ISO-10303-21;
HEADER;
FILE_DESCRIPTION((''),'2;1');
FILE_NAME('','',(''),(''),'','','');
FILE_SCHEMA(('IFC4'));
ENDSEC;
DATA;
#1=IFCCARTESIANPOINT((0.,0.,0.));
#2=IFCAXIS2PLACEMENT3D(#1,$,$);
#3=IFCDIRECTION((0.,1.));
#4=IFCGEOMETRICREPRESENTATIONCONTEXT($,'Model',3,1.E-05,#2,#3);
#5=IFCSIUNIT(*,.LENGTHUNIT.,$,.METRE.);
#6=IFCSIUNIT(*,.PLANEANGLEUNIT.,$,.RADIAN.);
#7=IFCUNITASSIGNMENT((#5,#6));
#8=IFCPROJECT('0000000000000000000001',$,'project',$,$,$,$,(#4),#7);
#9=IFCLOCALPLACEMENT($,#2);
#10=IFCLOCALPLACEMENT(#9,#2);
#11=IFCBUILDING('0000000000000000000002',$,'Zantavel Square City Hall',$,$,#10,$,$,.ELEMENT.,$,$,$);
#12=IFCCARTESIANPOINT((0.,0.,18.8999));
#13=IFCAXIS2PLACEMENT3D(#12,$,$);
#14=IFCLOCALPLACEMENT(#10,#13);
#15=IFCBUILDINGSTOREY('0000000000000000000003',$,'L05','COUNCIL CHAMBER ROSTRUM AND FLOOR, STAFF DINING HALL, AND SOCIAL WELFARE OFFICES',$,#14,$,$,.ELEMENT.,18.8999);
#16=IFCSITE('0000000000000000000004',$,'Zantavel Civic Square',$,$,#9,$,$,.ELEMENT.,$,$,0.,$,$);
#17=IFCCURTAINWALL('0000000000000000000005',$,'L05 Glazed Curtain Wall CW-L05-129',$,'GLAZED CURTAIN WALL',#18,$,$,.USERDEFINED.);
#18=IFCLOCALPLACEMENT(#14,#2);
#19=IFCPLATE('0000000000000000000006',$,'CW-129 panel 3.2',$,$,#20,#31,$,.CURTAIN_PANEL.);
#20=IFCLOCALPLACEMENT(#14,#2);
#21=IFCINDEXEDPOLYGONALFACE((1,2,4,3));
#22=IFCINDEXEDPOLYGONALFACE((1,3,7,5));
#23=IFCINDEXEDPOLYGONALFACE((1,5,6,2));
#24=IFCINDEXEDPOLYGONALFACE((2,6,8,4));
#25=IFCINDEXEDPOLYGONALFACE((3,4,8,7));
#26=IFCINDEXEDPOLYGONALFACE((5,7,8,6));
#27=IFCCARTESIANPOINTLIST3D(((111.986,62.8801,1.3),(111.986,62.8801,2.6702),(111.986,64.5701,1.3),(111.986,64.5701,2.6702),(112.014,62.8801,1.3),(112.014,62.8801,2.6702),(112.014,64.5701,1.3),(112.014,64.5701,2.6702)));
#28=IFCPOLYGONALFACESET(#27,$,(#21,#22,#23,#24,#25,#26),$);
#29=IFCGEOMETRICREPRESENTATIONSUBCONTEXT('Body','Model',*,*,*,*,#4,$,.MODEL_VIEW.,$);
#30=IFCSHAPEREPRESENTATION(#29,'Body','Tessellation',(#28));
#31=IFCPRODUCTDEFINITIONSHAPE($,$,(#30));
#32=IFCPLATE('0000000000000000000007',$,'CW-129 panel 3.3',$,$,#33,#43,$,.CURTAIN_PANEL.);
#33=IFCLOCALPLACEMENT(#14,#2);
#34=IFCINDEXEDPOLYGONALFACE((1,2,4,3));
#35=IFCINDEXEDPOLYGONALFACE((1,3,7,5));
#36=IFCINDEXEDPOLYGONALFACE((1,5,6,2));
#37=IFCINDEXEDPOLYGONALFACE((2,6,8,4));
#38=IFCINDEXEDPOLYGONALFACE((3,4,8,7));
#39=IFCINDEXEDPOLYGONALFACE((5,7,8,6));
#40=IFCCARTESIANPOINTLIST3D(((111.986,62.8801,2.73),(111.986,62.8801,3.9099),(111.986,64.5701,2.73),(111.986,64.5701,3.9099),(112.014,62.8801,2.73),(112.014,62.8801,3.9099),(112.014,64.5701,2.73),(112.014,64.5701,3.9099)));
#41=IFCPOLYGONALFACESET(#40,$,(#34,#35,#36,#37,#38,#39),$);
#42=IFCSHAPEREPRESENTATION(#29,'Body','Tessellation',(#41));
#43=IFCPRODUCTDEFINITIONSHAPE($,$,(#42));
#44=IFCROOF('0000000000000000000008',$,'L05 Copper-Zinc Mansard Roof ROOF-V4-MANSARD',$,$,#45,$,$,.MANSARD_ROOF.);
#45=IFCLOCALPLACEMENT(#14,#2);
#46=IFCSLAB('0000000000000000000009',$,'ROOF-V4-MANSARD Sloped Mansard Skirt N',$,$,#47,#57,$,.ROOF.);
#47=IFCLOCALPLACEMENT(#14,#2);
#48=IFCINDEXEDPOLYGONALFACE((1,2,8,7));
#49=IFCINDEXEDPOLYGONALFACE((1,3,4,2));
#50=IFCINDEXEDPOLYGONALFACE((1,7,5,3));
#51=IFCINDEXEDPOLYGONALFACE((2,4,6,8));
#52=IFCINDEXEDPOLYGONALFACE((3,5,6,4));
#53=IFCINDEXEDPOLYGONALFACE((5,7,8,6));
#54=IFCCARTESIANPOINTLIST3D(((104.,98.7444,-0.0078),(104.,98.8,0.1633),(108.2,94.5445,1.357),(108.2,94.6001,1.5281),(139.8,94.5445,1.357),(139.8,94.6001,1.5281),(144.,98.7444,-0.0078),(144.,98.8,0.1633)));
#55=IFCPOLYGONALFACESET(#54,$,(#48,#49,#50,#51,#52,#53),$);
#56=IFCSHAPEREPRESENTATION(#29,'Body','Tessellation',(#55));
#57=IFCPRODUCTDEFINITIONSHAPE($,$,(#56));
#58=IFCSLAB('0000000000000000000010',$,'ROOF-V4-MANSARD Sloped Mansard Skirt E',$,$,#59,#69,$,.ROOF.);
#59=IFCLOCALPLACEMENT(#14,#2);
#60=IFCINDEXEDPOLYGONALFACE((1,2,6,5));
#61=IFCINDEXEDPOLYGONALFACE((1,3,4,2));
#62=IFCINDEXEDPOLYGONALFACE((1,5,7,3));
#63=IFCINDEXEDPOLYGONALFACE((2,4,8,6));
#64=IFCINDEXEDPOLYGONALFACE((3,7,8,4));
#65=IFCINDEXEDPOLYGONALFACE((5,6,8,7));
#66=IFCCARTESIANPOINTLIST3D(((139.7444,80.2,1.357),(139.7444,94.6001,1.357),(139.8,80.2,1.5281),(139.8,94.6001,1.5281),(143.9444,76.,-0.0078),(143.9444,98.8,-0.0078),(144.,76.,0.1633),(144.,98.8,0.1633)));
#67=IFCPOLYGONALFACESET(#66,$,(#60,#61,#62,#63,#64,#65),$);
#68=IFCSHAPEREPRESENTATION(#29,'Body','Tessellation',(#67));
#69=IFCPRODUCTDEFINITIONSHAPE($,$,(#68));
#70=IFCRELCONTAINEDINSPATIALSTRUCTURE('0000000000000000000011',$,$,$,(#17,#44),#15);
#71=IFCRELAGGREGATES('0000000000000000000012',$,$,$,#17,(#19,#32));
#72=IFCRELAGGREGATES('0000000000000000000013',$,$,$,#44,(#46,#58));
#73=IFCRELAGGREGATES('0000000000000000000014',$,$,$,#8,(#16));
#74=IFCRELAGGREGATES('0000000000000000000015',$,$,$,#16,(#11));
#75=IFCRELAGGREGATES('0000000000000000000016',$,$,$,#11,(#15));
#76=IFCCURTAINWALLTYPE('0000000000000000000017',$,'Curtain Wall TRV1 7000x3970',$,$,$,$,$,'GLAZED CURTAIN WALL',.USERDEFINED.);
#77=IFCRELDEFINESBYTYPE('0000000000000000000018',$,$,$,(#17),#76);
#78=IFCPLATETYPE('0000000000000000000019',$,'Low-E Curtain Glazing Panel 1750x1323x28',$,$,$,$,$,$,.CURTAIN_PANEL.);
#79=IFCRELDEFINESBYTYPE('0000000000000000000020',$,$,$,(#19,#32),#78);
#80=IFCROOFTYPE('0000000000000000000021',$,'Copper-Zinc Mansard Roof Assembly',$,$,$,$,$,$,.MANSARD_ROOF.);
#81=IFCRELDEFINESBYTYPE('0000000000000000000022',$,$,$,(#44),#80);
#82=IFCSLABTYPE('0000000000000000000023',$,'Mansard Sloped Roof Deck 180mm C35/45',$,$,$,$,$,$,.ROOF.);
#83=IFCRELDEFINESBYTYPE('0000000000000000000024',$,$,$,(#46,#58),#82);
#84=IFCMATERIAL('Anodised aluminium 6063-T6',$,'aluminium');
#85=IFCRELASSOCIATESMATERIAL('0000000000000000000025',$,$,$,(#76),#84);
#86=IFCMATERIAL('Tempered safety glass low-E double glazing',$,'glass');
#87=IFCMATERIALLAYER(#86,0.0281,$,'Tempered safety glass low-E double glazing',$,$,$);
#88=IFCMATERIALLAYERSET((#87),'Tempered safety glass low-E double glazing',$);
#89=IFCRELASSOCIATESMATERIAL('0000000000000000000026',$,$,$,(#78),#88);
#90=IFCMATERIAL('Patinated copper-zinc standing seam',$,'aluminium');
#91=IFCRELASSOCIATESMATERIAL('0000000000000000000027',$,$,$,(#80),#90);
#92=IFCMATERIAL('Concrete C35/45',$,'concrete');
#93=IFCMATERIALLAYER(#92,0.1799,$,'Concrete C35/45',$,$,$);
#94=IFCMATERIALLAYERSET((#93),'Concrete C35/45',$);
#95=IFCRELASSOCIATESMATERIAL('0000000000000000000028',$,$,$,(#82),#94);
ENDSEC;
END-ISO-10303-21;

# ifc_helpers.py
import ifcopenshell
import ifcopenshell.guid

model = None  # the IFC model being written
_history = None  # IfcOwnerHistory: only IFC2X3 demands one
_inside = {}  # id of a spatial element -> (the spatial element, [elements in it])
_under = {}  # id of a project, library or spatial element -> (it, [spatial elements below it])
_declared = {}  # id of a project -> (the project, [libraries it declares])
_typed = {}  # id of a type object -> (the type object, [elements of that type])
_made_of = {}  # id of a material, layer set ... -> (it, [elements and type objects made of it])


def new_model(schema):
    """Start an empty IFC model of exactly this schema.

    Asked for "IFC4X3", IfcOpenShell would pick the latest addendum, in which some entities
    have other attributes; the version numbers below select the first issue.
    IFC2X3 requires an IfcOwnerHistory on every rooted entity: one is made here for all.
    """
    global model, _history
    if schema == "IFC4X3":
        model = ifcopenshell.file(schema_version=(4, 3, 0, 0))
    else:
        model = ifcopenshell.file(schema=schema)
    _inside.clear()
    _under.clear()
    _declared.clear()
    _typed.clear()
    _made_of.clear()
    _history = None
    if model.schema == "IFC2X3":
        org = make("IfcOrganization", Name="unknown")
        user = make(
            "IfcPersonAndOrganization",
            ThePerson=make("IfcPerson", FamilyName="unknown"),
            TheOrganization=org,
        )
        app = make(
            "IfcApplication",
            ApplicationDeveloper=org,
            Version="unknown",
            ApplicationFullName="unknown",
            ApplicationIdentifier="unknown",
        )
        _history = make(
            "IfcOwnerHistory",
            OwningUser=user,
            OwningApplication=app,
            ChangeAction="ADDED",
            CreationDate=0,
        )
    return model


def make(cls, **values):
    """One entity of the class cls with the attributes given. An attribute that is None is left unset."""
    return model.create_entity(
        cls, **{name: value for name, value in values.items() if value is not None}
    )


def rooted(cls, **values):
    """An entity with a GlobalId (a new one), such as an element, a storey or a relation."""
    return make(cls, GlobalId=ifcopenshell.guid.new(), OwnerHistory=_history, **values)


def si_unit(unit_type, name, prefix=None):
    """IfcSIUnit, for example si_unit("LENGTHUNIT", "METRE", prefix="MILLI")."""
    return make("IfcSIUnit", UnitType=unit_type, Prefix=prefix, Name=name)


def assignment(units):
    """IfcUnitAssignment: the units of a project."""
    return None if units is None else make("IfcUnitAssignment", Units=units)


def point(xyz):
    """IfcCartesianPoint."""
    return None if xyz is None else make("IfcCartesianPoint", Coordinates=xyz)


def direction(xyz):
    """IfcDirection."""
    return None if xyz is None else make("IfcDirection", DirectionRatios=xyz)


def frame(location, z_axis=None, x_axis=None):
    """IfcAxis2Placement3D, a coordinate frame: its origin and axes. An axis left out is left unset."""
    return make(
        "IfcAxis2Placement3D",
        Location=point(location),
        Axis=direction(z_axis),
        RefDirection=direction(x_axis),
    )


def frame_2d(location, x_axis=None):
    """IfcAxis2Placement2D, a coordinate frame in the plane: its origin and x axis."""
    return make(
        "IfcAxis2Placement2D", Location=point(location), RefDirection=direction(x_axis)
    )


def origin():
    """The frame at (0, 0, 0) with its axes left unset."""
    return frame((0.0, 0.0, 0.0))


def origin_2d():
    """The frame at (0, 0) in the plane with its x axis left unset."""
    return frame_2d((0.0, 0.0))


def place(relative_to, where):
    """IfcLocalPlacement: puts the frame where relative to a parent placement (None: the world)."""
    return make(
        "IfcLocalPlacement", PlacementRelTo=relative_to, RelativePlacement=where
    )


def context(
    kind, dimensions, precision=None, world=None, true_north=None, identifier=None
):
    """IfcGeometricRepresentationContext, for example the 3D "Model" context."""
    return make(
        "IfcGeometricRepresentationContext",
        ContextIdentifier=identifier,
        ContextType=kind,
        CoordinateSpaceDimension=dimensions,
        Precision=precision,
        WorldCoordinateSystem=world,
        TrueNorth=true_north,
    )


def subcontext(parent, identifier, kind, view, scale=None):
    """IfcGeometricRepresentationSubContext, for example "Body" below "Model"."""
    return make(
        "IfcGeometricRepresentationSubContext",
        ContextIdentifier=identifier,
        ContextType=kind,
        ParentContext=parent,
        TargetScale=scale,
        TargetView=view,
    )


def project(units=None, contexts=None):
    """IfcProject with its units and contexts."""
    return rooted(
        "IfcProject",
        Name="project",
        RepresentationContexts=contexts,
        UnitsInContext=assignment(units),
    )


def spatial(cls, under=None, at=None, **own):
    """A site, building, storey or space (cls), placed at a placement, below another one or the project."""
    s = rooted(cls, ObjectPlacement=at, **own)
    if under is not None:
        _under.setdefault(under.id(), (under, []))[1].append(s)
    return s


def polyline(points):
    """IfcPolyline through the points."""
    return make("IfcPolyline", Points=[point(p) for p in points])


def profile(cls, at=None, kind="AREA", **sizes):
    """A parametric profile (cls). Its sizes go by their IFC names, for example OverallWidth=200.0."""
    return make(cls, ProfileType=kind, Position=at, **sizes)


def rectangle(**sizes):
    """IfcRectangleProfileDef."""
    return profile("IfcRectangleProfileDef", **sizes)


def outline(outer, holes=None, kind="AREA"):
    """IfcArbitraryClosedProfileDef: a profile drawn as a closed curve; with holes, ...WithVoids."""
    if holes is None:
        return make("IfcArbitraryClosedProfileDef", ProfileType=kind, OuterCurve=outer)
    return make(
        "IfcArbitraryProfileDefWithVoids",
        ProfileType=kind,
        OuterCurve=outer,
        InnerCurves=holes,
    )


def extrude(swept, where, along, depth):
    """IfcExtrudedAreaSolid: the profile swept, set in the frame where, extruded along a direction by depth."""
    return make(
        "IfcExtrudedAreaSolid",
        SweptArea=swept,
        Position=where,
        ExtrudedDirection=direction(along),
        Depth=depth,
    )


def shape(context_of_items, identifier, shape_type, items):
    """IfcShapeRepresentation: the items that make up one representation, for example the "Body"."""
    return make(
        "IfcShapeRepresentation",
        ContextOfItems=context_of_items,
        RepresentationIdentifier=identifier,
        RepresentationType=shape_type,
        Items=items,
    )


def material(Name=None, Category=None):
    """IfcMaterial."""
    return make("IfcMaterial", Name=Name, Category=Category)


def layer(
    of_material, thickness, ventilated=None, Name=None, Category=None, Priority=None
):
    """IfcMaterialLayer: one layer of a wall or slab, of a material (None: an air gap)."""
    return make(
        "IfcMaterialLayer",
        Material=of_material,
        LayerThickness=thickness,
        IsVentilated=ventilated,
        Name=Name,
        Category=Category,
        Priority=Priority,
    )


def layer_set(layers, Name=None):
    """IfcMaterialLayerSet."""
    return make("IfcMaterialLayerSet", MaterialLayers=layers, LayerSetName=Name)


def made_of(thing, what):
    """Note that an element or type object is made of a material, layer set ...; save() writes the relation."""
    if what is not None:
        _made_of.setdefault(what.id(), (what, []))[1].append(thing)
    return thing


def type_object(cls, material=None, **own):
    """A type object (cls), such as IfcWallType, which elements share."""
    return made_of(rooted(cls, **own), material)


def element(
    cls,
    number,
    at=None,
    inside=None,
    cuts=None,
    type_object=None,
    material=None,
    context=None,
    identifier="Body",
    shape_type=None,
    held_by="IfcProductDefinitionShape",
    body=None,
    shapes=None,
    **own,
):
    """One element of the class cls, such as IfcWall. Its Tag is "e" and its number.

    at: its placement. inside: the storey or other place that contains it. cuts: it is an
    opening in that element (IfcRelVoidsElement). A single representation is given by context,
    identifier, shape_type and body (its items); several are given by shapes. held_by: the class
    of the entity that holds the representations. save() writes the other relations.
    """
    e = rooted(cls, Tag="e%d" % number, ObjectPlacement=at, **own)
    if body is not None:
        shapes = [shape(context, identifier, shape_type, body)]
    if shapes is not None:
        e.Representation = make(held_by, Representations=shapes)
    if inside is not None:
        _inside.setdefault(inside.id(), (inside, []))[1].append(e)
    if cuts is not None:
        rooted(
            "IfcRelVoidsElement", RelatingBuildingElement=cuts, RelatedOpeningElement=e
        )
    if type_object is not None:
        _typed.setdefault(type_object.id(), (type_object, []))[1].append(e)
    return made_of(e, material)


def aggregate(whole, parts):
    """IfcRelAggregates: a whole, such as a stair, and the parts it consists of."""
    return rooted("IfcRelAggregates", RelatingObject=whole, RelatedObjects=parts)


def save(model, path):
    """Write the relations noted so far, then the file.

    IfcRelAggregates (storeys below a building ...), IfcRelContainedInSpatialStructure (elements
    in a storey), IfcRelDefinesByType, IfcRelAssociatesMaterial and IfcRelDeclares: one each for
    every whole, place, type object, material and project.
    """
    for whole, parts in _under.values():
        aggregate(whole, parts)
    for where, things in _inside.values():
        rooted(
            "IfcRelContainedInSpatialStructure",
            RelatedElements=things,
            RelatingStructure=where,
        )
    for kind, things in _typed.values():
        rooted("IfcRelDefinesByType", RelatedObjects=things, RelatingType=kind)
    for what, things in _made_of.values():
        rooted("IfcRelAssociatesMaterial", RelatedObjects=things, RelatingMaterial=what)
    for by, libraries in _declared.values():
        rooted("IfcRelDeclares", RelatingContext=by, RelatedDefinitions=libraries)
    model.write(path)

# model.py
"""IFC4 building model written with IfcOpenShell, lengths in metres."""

from ifc_helpers import new_model, si_unit, direction, frame, origin, origin_2d, place, context, subcontext, project, spatial, polyline, rectangle, outline, extrude, material, layer, layer_set, type_object, element, aggregate, save


model = new_model("IFC4")

# Units and contexts
model_context = context("Model", 3, precision=1e-05, world=origin(), true_north=direction((0.0, 1.0)))
body_context = subcontext(model_context, "Body", "Model", "MODEL_VIEW")
ifc_project = project(units=[si_unit("LENGTHUNIT", "METRE"), si_unit("PLANEANGLEUNIT", "RADIAN")], contexts=[model_context])

# Site, building, storey
site_placement = place(None, origin())
site = spatial("IfcSite", under=ifc_project, at=site_placement, Name="Zantavel Civic Square", CompositionType="ELEMENT", RefElevation=0.0)
building_placement = place(site_placement, origin())
building = spatial("IfcBuilding", under=site, at=building_placement, Name="Zantavel Square City Hall", CompositionType="ELEMENT")
storey_placement = place(building_placement, frame((0.0, 0.0, 18.8999)))
storey = spatial("IfcBuildingStorey", under=building, at=storey_placement, Name="L05", Description="COUNCIL CHAMBER ROSTRUM AND FLOOR, STAFF DINING HALL, AND SOCIAL WELFARE OFFICES", CompositionType="ELEMENT", Elevation=18.8999)

# Curtain wall
ifc_material_1 = material(Name="Anodised aluminium 6063-T6", Category="aluminium")
curtain_wall_type = type_object("IfcCurtainWallType", Name="Curtain Wall TRV1 7000x3970", ElementType="GLAZED CURTAIN WALL", PredefinedType="USERDEFINED", material=ifc_material_1)
curtain_wall_placement = place(storey_placement, origin())
curtain_wall = element("IfcCurtainWall", 1, at=curtain_wall_placement, inside=storey, type_object=curtain_wall_type, Name="L05 Glazed Curtain Wall CW-L05-129", ObjectType="GLAZED CURTAIN WALL", PredefinedType="USERDEFINED")

# Plates
ifc_material_2 = material(Name="Tempered safety glass low-E double glazing", Category="glass")
ifc_layer_1 = layer(ifc_material_2, 0.0281, Name="Tempered safety glass low-E double glazing")
ifc_layer_set_1 = layer_set([ifc_layer_1], Name="Tempered safety glass low-E double glazing")
plate_type = type_object("IfcPlateType", Name="Low-E Curtain Glazing Panel 1750x1323x28", PredefinedType="CURTAIN_PANEL", material=ifc_layer_set_1)
plate_1_placement = place(storey_placement, frame((112.0, 63.7251, 1.3), z_axis=(0.0, 0.0, 1.0), x_axis=(0.0, -1.0, 0.0)))
plate_1 = element("IfcPlate", 2, at=plate_1_placement, type_object=plate_type, Name="CW-129 panel 3.2", PredefinedType="CURTAIN_PANEL", context=body_context, shape_type="SweptSolid", body=[
    extrude(rectangle(XDim=1.6899, YDim=0.0281, at=origin_2d()), origin(), (0.0, 0.0, 1.0), 1.3701),
])
plate_2_placement = place(storey_placement, frame((112.0, 63.7251, 2.73), z_axis=(0.0, 0.0, 1.0), x_axis=(0.0, -1.0, 0.0)))
plate_2 = element("IfcPlate", 3, at=plate_2_placement, type_object=plate_type, Name="CW-129 panel 3.3", PredefinedType="CURTAIN_PANEL", context=body_context, shape_type="SweptSolid", body=[
    extrude(rectangle(XDim=1.6899, YDim=0.0281, at=origin_2d()), origin(), (0.0, 0.0, 1.0), 1.1799),
])
aggregate(curtain_wall, [plate_1, plate_2])

# Roof, slabs
ifc_material_3 = material(Name="Patinated copper-zinc standing seam", Category="aluminium")
roof_type = type_object("IfcRoofType", Name="Copper-Zinc Mansard Roof Assembly", PredefinedType="MANSARD_ROOF", material=ifc_material_3)
roof_placement = place(storey_placement, origin())
roof = element("IfcRoof", 4, at=roof_placement, inside=storey, type_object=roof_type, Name="L05 Copper-Zinc Mansard Roof ROOF-V4-MANSARD", PredefinedType="MANSARD_ROOF")
ifc_material_4 = material(Name="Concrete C35/45", Category="concrete")
ifc_layer_2 = layer(ifc_material_4, 0.1799, Name="Concrete C35/45")
ifc_layer_set_2 = layer_set([ifc_layer_2], Name="Concrete C35/45")
slab_type = type_object("IfcSlabType", Name="Mansard Sloped Roof Deck 180mm C35/45", PredefinedType="ROOF", material=ifc_layer_set_2)
slab_1_placement = place(storey_placement, frame((144.0, 98.8, 0.1633), z_axis=(0.0, 0.309037, 0.95105), x_axis=(-1.0, 0.0, 0.0)))
slab_1 = element("IfcSlab", 5, at=slab_1_placement, type_object=slab_type, Name="ROOF-V4-MANSARD Sloped Mansard Skirt N", PredefinedType="ROOF", context=body_context, shape_type="SweptSolid", body=[
    extrude(outline(polyline([(0.0, 0.0), (40.0, 0.0), (35.8, 4.4161), (4.2, 4.4161), (0.0, 0.0)])), origin(), (0.0, 0.0, -1.0), 0.1799),
])
slab_2_placement = place(storey_placement, frame((144.0, 76.0, 0.1633), z_axis=(0.309037, 0.0, 0.95105), x_axis=(0.0, 1.0, 0.0)))
slab_2 = element("IfcSlab", 6, at=slab_2_placement, type_object=slab_type, Name="ROOF-V4-MANSARD Sloped Mansard Skirt E", PredefinedType="ROOF", context=body_context, shape_type="SweptSolid", body=[
    extrude(outline(polyline([(0.0, 0.0), (22.8, 0.0), (18.6001, 4.4161), (4.2, 4.4161), (0.0, 0.0)])), origin(), (0.0, 0.0, -1.0), 0.1799),
])
aggregate(roof, [slab_1, slab_2])

save(model, "model.ifc")
